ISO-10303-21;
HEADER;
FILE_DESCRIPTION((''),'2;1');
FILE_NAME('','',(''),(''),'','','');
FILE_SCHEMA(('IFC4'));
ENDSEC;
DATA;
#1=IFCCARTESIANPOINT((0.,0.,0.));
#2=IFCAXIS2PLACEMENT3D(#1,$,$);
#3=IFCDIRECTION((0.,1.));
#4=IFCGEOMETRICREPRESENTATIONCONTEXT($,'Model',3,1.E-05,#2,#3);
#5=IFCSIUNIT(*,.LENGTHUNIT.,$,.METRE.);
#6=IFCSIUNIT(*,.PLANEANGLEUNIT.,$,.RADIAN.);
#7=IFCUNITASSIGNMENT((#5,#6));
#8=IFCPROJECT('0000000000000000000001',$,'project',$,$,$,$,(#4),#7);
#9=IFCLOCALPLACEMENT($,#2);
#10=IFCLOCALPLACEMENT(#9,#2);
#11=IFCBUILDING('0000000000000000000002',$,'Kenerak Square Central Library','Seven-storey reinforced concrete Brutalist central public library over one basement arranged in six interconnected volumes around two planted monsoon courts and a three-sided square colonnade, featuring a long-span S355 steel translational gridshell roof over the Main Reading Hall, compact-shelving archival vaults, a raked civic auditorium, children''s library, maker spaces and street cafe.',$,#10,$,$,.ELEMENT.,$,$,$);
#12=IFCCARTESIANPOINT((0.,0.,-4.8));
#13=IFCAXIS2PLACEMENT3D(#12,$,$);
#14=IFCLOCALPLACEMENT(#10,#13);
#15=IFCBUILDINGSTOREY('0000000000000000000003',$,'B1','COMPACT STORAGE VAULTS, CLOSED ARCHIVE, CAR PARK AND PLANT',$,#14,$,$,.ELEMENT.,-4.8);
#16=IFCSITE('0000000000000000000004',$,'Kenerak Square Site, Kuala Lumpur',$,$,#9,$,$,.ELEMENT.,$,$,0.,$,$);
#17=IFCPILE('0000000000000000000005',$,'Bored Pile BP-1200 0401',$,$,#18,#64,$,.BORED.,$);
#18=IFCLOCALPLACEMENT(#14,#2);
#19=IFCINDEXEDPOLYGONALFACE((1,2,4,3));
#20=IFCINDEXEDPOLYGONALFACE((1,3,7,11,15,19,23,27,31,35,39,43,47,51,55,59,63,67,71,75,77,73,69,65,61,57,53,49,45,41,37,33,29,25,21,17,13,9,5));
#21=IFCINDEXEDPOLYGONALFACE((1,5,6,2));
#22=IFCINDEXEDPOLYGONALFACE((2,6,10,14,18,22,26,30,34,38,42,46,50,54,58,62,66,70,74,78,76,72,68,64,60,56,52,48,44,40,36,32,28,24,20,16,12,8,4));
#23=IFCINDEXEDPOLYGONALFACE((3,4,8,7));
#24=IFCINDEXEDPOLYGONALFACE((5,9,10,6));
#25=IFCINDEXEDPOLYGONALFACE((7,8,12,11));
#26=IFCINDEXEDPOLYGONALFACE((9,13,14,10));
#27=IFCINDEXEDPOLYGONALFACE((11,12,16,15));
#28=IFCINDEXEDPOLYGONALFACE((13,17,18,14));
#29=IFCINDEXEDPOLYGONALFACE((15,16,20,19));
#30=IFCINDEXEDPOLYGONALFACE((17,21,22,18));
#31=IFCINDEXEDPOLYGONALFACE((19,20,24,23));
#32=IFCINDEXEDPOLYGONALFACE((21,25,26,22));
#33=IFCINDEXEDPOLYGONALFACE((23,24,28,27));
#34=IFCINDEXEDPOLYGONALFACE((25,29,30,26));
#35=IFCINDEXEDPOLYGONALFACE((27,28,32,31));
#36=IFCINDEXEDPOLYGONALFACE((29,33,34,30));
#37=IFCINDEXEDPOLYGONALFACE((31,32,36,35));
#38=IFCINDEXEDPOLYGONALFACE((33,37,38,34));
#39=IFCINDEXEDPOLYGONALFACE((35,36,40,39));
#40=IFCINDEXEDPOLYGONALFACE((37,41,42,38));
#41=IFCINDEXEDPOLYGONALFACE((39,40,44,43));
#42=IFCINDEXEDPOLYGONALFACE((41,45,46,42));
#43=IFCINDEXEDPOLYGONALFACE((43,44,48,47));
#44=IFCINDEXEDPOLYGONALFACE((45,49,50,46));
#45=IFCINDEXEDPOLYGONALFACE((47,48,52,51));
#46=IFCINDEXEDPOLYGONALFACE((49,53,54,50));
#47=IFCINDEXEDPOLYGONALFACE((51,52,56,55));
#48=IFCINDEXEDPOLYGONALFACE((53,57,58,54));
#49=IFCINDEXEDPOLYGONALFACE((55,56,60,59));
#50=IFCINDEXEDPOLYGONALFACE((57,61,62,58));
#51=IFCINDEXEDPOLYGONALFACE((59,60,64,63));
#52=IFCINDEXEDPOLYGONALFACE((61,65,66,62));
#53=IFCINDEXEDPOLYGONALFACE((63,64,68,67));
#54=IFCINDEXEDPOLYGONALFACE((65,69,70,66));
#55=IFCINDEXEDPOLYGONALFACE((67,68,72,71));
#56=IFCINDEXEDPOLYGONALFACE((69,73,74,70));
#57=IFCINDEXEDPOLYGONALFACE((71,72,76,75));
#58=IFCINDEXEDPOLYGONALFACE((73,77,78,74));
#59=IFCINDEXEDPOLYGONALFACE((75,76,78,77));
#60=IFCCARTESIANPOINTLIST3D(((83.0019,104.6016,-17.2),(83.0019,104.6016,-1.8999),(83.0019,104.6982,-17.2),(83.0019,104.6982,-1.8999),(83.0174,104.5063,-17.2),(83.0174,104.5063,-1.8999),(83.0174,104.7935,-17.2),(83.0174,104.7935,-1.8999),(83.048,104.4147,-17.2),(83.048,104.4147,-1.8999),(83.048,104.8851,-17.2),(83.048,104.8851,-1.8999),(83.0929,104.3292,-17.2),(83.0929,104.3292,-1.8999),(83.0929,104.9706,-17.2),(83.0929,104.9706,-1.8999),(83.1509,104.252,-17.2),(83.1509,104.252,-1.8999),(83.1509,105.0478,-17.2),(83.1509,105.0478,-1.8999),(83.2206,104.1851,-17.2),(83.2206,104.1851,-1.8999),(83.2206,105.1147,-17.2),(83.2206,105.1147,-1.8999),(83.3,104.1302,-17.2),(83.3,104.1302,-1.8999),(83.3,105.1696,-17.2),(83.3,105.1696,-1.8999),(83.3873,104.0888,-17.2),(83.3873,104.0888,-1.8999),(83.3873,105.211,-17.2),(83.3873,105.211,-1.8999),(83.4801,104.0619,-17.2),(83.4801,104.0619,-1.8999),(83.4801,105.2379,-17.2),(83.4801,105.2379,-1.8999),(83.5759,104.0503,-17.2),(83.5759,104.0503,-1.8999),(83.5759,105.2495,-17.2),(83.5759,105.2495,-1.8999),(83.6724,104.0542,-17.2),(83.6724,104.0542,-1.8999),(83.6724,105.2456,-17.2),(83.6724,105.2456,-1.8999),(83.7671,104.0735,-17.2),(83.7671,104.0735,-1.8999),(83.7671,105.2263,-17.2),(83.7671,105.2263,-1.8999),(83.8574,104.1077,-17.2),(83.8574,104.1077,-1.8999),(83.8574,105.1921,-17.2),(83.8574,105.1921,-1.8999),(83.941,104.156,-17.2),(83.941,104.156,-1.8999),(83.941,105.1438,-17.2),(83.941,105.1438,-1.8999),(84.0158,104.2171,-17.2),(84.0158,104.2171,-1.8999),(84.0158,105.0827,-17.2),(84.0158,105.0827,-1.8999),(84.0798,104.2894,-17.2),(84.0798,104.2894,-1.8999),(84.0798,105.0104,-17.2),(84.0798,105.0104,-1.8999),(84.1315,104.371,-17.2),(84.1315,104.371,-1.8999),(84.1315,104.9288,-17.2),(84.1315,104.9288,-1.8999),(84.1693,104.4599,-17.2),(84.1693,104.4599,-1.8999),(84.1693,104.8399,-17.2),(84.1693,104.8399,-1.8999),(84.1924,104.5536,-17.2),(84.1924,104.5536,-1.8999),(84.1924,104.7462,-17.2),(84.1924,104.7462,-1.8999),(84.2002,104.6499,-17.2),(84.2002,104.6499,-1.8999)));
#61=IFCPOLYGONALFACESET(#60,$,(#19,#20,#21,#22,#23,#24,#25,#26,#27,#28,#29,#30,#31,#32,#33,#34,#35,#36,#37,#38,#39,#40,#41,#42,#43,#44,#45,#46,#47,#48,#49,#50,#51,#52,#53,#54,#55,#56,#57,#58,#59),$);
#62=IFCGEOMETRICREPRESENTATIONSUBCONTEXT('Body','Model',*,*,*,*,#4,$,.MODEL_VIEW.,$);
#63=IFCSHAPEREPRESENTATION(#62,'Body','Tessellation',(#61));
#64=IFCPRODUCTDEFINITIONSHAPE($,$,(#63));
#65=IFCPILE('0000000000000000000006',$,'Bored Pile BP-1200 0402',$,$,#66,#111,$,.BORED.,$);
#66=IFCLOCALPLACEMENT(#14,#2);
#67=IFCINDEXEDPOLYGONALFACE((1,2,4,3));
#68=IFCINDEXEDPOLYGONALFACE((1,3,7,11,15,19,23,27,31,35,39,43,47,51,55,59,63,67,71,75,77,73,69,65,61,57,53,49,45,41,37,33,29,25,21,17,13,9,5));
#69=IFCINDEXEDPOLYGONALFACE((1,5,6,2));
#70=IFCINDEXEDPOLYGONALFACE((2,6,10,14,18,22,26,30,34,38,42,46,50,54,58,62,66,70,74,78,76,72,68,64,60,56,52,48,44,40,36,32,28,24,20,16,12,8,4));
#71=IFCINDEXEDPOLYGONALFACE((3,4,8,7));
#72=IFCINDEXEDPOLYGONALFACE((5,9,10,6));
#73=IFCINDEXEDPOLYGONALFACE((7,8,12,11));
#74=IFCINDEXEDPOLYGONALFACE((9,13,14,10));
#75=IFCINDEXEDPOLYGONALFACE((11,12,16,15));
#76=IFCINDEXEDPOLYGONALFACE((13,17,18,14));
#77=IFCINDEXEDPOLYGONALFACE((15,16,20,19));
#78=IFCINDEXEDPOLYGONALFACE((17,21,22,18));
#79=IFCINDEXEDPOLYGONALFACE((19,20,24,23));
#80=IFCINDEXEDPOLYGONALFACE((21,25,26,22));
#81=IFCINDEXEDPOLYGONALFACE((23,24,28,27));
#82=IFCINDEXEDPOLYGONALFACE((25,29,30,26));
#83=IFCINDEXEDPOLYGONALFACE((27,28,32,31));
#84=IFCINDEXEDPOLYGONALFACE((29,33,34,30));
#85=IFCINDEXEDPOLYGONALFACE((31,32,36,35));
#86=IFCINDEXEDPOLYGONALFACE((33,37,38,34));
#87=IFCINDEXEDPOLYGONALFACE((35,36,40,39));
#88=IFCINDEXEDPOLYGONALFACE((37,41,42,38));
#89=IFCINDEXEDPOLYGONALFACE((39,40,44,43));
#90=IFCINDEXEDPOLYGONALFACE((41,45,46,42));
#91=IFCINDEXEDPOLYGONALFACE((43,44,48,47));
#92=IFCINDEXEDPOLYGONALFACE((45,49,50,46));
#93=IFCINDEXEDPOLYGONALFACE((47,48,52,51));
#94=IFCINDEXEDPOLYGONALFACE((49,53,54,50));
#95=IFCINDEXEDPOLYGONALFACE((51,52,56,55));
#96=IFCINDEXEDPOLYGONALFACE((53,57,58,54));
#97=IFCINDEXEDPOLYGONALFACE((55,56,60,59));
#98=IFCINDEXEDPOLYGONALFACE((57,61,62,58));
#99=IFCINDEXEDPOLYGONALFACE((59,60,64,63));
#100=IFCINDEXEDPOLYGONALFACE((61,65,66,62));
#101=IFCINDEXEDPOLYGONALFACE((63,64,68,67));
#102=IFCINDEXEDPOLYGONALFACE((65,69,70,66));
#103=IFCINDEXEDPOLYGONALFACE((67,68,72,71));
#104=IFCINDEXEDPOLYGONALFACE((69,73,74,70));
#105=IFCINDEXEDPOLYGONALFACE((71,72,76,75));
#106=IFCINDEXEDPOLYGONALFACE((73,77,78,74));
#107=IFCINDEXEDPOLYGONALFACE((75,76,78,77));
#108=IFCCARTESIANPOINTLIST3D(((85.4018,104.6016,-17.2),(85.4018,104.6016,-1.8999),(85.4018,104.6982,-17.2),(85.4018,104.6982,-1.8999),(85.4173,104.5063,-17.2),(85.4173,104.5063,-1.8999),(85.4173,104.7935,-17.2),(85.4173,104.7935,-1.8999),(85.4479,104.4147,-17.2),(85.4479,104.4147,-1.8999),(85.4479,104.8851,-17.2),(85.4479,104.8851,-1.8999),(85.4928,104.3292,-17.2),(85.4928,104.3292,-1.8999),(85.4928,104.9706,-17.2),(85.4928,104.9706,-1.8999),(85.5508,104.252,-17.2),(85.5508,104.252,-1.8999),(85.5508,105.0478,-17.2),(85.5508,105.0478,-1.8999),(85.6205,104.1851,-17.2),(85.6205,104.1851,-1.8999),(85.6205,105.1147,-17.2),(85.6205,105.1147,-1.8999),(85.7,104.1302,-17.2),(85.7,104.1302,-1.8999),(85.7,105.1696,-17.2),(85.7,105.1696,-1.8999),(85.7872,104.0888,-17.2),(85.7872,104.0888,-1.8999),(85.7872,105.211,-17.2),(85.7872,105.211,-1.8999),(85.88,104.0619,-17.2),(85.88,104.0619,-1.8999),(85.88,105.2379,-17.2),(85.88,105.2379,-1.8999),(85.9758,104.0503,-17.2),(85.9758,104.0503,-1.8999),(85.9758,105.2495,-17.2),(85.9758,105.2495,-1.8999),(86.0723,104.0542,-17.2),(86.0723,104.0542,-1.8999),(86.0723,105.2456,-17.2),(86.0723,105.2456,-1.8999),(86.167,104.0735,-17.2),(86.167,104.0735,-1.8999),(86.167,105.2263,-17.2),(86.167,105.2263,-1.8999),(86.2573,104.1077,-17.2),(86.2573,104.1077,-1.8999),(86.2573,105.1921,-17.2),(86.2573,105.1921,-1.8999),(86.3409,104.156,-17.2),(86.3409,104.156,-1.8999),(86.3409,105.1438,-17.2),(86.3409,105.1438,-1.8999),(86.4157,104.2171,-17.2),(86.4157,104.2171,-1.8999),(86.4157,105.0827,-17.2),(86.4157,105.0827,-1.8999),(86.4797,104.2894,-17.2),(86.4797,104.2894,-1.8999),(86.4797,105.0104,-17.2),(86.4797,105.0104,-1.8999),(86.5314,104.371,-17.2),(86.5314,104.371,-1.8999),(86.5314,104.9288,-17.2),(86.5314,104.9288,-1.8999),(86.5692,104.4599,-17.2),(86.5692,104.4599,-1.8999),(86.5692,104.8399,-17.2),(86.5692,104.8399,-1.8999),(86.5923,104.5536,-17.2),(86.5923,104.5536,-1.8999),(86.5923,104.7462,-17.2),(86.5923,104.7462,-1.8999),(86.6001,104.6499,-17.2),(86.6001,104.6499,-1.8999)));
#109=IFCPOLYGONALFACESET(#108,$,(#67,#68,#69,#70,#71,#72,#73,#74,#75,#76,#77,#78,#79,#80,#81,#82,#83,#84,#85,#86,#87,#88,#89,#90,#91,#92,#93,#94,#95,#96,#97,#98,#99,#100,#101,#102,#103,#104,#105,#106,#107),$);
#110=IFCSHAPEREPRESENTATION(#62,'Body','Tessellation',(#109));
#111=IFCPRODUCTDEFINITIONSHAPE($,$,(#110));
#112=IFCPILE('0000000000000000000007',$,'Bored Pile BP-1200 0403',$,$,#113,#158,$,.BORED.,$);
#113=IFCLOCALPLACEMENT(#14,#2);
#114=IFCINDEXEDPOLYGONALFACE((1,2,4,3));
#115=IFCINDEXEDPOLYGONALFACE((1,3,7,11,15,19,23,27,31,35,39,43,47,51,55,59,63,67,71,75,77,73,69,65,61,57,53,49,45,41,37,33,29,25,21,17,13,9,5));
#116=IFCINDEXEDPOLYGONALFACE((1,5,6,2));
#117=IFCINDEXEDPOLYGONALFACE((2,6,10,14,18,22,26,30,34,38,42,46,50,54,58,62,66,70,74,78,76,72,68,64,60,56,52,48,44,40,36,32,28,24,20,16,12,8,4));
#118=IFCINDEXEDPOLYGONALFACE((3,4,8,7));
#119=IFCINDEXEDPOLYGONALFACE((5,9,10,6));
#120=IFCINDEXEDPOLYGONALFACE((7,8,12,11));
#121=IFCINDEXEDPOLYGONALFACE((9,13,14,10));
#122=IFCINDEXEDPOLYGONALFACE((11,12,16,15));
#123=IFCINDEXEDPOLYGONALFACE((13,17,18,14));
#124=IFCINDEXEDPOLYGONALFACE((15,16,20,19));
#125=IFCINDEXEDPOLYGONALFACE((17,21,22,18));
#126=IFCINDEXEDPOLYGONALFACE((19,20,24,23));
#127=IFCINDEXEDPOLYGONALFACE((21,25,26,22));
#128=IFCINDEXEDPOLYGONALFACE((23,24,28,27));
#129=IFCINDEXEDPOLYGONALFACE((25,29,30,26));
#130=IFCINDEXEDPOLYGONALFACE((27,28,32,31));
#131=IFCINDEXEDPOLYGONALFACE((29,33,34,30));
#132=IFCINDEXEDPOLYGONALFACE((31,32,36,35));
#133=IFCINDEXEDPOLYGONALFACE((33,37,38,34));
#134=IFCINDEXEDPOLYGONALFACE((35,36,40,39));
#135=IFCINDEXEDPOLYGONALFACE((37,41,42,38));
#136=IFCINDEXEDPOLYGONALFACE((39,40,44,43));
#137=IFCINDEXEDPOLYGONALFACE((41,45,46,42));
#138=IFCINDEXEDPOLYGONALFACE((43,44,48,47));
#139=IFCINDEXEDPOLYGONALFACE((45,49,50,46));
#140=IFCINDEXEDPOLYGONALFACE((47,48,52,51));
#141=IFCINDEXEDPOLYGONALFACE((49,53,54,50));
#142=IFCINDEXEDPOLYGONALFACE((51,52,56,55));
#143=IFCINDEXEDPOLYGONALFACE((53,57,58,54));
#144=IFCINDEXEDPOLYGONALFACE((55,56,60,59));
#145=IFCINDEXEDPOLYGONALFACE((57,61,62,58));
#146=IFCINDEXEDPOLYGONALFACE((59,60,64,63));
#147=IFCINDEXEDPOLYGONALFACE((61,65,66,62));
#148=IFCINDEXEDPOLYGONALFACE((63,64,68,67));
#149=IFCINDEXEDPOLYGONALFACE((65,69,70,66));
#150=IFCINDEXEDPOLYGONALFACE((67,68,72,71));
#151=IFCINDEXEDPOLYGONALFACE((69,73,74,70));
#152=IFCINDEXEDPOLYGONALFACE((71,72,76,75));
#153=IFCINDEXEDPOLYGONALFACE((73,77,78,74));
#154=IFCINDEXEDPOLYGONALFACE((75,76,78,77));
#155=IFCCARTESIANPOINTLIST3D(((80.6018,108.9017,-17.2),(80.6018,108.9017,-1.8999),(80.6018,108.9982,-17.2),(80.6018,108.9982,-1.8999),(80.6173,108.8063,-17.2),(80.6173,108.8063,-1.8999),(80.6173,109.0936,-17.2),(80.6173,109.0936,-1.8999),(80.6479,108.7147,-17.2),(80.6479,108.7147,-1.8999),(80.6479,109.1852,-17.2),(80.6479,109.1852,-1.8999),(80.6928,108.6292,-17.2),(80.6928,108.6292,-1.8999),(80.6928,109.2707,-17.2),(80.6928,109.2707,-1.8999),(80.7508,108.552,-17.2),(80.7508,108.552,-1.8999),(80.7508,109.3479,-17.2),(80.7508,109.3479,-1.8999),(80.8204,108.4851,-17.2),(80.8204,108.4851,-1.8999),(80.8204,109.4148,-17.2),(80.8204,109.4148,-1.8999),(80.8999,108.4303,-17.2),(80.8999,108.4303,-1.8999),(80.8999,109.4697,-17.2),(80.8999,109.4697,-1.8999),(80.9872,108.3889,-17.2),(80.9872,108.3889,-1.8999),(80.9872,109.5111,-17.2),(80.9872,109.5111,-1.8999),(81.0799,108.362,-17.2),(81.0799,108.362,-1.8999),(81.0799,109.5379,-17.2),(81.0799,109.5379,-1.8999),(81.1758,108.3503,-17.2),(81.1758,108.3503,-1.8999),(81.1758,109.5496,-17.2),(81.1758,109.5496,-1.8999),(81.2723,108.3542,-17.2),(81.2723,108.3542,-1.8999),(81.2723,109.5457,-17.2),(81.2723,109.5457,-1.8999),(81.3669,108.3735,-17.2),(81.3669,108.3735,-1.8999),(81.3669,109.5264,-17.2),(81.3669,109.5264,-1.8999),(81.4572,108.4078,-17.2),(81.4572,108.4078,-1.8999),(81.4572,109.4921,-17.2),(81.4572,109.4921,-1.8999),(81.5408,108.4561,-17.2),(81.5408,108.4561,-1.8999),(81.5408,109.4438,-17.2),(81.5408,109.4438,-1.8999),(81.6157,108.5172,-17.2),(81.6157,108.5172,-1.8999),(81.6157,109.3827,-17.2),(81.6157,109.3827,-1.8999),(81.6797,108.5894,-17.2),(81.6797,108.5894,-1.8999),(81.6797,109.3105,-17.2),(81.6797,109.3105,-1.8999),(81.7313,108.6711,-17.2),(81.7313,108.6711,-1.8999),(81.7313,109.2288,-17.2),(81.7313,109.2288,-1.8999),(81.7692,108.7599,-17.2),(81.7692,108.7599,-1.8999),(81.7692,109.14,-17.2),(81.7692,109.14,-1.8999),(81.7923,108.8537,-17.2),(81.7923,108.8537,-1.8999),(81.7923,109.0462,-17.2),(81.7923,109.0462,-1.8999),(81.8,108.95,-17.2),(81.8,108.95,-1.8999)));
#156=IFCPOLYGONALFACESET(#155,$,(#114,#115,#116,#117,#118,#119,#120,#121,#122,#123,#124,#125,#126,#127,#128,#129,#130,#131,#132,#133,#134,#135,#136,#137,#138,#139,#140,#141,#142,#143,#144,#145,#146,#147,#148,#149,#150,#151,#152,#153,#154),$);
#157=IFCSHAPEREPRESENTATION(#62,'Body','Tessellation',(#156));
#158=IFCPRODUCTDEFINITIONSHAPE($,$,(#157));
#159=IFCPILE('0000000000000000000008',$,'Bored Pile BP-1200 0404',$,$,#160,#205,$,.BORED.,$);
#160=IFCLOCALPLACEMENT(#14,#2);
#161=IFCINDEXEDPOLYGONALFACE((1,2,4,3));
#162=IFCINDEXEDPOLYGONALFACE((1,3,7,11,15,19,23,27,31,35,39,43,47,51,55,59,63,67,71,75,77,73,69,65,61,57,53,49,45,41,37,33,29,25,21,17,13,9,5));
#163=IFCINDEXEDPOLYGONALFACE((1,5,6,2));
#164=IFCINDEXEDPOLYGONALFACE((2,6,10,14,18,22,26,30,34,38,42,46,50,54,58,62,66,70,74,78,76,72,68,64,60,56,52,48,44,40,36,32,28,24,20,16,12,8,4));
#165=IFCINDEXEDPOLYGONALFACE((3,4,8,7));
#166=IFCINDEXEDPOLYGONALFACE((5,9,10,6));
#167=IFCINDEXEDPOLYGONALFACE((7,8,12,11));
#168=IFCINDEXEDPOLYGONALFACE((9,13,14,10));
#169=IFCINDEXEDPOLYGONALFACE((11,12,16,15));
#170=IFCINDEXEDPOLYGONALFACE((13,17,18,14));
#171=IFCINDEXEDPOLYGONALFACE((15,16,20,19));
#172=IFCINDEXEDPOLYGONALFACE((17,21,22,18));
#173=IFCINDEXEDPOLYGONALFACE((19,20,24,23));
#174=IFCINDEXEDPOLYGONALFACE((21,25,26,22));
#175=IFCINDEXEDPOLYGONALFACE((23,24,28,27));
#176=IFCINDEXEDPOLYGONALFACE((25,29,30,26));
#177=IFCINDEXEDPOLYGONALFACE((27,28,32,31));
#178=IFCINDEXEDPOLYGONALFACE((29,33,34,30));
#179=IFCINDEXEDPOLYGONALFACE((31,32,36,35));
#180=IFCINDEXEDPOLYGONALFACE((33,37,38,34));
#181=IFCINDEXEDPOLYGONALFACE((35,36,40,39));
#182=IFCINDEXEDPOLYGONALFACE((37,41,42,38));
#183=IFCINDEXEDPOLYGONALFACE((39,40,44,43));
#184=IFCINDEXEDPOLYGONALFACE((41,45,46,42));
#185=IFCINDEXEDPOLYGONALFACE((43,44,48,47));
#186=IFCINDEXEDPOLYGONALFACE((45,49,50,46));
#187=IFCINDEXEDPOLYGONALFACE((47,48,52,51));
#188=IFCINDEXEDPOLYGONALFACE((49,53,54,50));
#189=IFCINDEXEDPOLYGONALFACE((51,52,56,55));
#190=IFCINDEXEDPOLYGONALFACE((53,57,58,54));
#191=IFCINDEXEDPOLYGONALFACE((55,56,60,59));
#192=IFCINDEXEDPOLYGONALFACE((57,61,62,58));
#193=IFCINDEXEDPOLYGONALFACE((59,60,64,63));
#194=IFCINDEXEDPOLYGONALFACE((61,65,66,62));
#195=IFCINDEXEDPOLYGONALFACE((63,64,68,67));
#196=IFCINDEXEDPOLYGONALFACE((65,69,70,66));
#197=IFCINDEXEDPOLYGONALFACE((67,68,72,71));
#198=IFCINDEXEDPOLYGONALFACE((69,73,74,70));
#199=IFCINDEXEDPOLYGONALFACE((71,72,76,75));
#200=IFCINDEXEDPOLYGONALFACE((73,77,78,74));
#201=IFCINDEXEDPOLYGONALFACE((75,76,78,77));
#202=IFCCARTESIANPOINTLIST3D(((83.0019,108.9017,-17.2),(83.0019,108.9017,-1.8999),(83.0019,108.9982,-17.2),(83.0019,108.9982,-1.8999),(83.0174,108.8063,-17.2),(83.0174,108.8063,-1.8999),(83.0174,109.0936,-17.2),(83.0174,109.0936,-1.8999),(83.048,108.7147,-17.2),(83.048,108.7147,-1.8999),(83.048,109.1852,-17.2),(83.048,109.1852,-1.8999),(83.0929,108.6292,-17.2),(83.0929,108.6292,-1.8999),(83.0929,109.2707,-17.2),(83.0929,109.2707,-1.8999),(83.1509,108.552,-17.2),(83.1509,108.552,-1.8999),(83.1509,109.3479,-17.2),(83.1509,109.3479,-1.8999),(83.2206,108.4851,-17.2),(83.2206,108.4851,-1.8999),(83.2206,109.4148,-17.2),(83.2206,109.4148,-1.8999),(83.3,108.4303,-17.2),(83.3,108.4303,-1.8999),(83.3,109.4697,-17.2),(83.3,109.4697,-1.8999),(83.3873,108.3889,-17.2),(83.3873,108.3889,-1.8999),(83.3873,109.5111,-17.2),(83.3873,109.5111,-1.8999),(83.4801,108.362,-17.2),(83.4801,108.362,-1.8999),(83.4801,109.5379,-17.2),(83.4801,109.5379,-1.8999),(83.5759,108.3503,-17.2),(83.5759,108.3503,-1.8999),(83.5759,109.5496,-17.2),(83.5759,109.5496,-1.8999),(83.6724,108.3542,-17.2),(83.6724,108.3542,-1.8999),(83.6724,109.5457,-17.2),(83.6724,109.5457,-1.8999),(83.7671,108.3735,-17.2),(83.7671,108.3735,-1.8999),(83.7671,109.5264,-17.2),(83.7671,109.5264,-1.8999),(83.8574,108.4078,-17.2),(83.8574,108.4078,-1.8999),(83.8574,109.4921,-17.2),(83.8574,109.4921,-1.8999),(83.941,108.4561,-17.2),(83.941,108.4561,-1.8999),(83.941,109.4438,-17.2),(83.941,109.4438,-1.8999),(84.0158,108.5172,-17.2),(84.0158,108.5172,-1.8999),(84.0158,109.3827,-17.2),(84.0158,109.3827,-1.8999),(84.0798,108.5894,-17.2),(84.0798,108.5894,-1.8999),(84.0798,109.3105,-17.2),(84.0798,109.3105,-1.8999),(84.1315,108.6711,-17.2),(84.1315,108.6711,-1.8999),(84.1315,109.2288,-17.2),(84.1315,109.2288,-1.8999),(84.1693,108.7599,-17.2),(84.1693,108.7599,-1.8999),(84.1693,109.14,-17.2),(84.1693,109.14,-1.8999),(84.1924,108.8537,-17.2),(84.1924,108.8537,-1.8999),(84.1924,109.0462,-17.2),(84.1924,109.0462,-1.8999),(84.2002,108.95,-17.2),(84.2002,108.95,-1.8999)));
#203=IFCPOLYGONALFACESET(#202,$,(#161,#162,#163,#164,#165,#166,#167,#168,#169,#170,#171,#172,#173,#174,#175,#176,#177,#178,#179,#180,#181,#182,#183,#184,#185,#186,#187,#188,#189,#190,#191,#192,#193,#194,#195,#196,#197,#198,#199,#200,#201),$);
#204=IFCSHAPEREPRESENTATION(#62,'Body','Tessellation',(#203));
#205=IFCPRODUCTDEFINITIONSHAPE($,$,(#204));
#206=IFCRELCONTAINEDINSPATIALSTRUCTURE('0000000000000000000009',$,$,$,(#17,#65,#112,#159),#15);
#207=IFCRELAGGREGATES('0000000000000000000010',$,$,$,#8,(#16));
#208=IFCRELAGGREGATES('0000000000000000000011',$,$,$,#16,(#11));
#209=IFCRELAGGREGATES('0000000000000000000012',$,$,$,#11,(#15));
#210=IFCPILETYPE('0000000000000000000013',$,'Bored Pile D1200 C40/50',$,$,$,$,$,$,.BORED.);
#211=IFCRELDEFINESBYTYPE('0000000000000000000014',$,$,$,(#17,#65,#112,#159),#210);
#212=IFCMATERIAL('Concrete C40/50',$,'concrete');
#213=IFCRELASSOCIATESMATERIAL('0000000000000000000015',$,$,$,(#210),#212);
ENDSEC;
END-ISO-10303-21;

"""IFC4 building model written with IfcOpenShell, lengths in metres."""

from ifc_helpers import new_model, si_unit, direction, frame, origin, origin_2d, place, context, subcontext, project, spatial, circle, extrude, material, material_profile, profile_set, type_object, element, save


model = new_model("IFC4")

# Units and contexts
model_context = context("Model", 3, precision=1e-05, world=origin(), true_north=direction((0.0, 1.0)))
body_context = subcontext(model_context, "Body", "Model", "MODEL_VIEW")
ifc_project = project(units=[si_unit("LENGTHUNIT", "METRE"), si_unit("PLANEANGLEUNIT", "RADIAN")], contexts=[model_context])

# Site, building, storey
site_placement = place(None, origin())
site = spatial("IfcSite", under=ifc_project, at=site_placement, Name="Kenerak Square Site, Kuala Lumpur", CompositionType="ELEMENT", RefElevation=0.0)
building_placement = place(site_placement, origin())
building = spatial("IfcBuilding", under=site, at=building_placement, Name="Kenerak Square Central Library", Description="Seven-storey reinforced concrete Brutalist central public library over one basement arranged in six interconnected volumes around two planted monsoon courts and a three-sided square colonnade, featuring a long-span S355 steel translational gridshell roof over the Main Reading Hall, compact-shelving archival vaults, a raked civic auditorium, children's library, maker spaces and street cafe.", CompositionType="ELEMENT")
storey_placement = place(building_placement, frame((0.0, 0.0, -4.8)))
storey = spatial("IfcBuildingStorey", under=building, at=storey_placement, Name="B1", Description="COMPACT STORAGE VAULTS, CLOSED ARCHIVE, CAR PARK AND PLANT", CompositionType="ELEMENT", Elevation=-4.8)

# Piles
ifc_material_1 = material(Name="Concrete C40/50", Category="concrete")
ifc_material_profile_1 = material_profile(ifc_material_1, circle(Radius=0.6001, at=origin_2d()), Name="BP D1200")
ifc_profile_set_1 = profile_set([ifc_material_profile_1], Name="Concrete C40/50")
pile_type = type_object("IfcPileType", Name="Bored Pile D1200 C40/50", PredefinedType="BORED", material=ifc_profile_set_1)
for number, where, z_axis, x_axis, name in (
    (1, (83.6001, 104.6499, -1.8999), (0.0, 0.0, -1.0), (1.0, 0.0, 0.0), "Bored Pile BP-1200 0401"),
    (2, (86.0, 104.6499, -1.8999), (0.0, 0.0, -1.0), (1.0, 0.0, 0.0), "Bored Pile BP-1200 0402"),
    (3, (81.2, 108.95, -1.8999), (0.0, 0.0, -1.0), (1.0, 0.0, 0.0), "Bored Pile BP-1200 0403"),
    (4, (83.6001, 108.95, -1.8999), (0.0, 0.0, -1.0), (1.0, 0.0, 0.0), "Bored Pile BP-1200 0404"),
):
    element("IfcPile", number, at=place(storey_placement, frame(where, z_axis=z_axis, x_axis=x_axis)), inside=storey, type_object=pile_type, Name=name, PredefinedType="BORED", context=body_context, shape_type="SweptSolid", body=[
        extrude(circle(Radius=0.6001, at=origin_2d()), origin(), (0.0, 0.0, 1.0), 15.3),
    ])

save(model, "model.ifc")
